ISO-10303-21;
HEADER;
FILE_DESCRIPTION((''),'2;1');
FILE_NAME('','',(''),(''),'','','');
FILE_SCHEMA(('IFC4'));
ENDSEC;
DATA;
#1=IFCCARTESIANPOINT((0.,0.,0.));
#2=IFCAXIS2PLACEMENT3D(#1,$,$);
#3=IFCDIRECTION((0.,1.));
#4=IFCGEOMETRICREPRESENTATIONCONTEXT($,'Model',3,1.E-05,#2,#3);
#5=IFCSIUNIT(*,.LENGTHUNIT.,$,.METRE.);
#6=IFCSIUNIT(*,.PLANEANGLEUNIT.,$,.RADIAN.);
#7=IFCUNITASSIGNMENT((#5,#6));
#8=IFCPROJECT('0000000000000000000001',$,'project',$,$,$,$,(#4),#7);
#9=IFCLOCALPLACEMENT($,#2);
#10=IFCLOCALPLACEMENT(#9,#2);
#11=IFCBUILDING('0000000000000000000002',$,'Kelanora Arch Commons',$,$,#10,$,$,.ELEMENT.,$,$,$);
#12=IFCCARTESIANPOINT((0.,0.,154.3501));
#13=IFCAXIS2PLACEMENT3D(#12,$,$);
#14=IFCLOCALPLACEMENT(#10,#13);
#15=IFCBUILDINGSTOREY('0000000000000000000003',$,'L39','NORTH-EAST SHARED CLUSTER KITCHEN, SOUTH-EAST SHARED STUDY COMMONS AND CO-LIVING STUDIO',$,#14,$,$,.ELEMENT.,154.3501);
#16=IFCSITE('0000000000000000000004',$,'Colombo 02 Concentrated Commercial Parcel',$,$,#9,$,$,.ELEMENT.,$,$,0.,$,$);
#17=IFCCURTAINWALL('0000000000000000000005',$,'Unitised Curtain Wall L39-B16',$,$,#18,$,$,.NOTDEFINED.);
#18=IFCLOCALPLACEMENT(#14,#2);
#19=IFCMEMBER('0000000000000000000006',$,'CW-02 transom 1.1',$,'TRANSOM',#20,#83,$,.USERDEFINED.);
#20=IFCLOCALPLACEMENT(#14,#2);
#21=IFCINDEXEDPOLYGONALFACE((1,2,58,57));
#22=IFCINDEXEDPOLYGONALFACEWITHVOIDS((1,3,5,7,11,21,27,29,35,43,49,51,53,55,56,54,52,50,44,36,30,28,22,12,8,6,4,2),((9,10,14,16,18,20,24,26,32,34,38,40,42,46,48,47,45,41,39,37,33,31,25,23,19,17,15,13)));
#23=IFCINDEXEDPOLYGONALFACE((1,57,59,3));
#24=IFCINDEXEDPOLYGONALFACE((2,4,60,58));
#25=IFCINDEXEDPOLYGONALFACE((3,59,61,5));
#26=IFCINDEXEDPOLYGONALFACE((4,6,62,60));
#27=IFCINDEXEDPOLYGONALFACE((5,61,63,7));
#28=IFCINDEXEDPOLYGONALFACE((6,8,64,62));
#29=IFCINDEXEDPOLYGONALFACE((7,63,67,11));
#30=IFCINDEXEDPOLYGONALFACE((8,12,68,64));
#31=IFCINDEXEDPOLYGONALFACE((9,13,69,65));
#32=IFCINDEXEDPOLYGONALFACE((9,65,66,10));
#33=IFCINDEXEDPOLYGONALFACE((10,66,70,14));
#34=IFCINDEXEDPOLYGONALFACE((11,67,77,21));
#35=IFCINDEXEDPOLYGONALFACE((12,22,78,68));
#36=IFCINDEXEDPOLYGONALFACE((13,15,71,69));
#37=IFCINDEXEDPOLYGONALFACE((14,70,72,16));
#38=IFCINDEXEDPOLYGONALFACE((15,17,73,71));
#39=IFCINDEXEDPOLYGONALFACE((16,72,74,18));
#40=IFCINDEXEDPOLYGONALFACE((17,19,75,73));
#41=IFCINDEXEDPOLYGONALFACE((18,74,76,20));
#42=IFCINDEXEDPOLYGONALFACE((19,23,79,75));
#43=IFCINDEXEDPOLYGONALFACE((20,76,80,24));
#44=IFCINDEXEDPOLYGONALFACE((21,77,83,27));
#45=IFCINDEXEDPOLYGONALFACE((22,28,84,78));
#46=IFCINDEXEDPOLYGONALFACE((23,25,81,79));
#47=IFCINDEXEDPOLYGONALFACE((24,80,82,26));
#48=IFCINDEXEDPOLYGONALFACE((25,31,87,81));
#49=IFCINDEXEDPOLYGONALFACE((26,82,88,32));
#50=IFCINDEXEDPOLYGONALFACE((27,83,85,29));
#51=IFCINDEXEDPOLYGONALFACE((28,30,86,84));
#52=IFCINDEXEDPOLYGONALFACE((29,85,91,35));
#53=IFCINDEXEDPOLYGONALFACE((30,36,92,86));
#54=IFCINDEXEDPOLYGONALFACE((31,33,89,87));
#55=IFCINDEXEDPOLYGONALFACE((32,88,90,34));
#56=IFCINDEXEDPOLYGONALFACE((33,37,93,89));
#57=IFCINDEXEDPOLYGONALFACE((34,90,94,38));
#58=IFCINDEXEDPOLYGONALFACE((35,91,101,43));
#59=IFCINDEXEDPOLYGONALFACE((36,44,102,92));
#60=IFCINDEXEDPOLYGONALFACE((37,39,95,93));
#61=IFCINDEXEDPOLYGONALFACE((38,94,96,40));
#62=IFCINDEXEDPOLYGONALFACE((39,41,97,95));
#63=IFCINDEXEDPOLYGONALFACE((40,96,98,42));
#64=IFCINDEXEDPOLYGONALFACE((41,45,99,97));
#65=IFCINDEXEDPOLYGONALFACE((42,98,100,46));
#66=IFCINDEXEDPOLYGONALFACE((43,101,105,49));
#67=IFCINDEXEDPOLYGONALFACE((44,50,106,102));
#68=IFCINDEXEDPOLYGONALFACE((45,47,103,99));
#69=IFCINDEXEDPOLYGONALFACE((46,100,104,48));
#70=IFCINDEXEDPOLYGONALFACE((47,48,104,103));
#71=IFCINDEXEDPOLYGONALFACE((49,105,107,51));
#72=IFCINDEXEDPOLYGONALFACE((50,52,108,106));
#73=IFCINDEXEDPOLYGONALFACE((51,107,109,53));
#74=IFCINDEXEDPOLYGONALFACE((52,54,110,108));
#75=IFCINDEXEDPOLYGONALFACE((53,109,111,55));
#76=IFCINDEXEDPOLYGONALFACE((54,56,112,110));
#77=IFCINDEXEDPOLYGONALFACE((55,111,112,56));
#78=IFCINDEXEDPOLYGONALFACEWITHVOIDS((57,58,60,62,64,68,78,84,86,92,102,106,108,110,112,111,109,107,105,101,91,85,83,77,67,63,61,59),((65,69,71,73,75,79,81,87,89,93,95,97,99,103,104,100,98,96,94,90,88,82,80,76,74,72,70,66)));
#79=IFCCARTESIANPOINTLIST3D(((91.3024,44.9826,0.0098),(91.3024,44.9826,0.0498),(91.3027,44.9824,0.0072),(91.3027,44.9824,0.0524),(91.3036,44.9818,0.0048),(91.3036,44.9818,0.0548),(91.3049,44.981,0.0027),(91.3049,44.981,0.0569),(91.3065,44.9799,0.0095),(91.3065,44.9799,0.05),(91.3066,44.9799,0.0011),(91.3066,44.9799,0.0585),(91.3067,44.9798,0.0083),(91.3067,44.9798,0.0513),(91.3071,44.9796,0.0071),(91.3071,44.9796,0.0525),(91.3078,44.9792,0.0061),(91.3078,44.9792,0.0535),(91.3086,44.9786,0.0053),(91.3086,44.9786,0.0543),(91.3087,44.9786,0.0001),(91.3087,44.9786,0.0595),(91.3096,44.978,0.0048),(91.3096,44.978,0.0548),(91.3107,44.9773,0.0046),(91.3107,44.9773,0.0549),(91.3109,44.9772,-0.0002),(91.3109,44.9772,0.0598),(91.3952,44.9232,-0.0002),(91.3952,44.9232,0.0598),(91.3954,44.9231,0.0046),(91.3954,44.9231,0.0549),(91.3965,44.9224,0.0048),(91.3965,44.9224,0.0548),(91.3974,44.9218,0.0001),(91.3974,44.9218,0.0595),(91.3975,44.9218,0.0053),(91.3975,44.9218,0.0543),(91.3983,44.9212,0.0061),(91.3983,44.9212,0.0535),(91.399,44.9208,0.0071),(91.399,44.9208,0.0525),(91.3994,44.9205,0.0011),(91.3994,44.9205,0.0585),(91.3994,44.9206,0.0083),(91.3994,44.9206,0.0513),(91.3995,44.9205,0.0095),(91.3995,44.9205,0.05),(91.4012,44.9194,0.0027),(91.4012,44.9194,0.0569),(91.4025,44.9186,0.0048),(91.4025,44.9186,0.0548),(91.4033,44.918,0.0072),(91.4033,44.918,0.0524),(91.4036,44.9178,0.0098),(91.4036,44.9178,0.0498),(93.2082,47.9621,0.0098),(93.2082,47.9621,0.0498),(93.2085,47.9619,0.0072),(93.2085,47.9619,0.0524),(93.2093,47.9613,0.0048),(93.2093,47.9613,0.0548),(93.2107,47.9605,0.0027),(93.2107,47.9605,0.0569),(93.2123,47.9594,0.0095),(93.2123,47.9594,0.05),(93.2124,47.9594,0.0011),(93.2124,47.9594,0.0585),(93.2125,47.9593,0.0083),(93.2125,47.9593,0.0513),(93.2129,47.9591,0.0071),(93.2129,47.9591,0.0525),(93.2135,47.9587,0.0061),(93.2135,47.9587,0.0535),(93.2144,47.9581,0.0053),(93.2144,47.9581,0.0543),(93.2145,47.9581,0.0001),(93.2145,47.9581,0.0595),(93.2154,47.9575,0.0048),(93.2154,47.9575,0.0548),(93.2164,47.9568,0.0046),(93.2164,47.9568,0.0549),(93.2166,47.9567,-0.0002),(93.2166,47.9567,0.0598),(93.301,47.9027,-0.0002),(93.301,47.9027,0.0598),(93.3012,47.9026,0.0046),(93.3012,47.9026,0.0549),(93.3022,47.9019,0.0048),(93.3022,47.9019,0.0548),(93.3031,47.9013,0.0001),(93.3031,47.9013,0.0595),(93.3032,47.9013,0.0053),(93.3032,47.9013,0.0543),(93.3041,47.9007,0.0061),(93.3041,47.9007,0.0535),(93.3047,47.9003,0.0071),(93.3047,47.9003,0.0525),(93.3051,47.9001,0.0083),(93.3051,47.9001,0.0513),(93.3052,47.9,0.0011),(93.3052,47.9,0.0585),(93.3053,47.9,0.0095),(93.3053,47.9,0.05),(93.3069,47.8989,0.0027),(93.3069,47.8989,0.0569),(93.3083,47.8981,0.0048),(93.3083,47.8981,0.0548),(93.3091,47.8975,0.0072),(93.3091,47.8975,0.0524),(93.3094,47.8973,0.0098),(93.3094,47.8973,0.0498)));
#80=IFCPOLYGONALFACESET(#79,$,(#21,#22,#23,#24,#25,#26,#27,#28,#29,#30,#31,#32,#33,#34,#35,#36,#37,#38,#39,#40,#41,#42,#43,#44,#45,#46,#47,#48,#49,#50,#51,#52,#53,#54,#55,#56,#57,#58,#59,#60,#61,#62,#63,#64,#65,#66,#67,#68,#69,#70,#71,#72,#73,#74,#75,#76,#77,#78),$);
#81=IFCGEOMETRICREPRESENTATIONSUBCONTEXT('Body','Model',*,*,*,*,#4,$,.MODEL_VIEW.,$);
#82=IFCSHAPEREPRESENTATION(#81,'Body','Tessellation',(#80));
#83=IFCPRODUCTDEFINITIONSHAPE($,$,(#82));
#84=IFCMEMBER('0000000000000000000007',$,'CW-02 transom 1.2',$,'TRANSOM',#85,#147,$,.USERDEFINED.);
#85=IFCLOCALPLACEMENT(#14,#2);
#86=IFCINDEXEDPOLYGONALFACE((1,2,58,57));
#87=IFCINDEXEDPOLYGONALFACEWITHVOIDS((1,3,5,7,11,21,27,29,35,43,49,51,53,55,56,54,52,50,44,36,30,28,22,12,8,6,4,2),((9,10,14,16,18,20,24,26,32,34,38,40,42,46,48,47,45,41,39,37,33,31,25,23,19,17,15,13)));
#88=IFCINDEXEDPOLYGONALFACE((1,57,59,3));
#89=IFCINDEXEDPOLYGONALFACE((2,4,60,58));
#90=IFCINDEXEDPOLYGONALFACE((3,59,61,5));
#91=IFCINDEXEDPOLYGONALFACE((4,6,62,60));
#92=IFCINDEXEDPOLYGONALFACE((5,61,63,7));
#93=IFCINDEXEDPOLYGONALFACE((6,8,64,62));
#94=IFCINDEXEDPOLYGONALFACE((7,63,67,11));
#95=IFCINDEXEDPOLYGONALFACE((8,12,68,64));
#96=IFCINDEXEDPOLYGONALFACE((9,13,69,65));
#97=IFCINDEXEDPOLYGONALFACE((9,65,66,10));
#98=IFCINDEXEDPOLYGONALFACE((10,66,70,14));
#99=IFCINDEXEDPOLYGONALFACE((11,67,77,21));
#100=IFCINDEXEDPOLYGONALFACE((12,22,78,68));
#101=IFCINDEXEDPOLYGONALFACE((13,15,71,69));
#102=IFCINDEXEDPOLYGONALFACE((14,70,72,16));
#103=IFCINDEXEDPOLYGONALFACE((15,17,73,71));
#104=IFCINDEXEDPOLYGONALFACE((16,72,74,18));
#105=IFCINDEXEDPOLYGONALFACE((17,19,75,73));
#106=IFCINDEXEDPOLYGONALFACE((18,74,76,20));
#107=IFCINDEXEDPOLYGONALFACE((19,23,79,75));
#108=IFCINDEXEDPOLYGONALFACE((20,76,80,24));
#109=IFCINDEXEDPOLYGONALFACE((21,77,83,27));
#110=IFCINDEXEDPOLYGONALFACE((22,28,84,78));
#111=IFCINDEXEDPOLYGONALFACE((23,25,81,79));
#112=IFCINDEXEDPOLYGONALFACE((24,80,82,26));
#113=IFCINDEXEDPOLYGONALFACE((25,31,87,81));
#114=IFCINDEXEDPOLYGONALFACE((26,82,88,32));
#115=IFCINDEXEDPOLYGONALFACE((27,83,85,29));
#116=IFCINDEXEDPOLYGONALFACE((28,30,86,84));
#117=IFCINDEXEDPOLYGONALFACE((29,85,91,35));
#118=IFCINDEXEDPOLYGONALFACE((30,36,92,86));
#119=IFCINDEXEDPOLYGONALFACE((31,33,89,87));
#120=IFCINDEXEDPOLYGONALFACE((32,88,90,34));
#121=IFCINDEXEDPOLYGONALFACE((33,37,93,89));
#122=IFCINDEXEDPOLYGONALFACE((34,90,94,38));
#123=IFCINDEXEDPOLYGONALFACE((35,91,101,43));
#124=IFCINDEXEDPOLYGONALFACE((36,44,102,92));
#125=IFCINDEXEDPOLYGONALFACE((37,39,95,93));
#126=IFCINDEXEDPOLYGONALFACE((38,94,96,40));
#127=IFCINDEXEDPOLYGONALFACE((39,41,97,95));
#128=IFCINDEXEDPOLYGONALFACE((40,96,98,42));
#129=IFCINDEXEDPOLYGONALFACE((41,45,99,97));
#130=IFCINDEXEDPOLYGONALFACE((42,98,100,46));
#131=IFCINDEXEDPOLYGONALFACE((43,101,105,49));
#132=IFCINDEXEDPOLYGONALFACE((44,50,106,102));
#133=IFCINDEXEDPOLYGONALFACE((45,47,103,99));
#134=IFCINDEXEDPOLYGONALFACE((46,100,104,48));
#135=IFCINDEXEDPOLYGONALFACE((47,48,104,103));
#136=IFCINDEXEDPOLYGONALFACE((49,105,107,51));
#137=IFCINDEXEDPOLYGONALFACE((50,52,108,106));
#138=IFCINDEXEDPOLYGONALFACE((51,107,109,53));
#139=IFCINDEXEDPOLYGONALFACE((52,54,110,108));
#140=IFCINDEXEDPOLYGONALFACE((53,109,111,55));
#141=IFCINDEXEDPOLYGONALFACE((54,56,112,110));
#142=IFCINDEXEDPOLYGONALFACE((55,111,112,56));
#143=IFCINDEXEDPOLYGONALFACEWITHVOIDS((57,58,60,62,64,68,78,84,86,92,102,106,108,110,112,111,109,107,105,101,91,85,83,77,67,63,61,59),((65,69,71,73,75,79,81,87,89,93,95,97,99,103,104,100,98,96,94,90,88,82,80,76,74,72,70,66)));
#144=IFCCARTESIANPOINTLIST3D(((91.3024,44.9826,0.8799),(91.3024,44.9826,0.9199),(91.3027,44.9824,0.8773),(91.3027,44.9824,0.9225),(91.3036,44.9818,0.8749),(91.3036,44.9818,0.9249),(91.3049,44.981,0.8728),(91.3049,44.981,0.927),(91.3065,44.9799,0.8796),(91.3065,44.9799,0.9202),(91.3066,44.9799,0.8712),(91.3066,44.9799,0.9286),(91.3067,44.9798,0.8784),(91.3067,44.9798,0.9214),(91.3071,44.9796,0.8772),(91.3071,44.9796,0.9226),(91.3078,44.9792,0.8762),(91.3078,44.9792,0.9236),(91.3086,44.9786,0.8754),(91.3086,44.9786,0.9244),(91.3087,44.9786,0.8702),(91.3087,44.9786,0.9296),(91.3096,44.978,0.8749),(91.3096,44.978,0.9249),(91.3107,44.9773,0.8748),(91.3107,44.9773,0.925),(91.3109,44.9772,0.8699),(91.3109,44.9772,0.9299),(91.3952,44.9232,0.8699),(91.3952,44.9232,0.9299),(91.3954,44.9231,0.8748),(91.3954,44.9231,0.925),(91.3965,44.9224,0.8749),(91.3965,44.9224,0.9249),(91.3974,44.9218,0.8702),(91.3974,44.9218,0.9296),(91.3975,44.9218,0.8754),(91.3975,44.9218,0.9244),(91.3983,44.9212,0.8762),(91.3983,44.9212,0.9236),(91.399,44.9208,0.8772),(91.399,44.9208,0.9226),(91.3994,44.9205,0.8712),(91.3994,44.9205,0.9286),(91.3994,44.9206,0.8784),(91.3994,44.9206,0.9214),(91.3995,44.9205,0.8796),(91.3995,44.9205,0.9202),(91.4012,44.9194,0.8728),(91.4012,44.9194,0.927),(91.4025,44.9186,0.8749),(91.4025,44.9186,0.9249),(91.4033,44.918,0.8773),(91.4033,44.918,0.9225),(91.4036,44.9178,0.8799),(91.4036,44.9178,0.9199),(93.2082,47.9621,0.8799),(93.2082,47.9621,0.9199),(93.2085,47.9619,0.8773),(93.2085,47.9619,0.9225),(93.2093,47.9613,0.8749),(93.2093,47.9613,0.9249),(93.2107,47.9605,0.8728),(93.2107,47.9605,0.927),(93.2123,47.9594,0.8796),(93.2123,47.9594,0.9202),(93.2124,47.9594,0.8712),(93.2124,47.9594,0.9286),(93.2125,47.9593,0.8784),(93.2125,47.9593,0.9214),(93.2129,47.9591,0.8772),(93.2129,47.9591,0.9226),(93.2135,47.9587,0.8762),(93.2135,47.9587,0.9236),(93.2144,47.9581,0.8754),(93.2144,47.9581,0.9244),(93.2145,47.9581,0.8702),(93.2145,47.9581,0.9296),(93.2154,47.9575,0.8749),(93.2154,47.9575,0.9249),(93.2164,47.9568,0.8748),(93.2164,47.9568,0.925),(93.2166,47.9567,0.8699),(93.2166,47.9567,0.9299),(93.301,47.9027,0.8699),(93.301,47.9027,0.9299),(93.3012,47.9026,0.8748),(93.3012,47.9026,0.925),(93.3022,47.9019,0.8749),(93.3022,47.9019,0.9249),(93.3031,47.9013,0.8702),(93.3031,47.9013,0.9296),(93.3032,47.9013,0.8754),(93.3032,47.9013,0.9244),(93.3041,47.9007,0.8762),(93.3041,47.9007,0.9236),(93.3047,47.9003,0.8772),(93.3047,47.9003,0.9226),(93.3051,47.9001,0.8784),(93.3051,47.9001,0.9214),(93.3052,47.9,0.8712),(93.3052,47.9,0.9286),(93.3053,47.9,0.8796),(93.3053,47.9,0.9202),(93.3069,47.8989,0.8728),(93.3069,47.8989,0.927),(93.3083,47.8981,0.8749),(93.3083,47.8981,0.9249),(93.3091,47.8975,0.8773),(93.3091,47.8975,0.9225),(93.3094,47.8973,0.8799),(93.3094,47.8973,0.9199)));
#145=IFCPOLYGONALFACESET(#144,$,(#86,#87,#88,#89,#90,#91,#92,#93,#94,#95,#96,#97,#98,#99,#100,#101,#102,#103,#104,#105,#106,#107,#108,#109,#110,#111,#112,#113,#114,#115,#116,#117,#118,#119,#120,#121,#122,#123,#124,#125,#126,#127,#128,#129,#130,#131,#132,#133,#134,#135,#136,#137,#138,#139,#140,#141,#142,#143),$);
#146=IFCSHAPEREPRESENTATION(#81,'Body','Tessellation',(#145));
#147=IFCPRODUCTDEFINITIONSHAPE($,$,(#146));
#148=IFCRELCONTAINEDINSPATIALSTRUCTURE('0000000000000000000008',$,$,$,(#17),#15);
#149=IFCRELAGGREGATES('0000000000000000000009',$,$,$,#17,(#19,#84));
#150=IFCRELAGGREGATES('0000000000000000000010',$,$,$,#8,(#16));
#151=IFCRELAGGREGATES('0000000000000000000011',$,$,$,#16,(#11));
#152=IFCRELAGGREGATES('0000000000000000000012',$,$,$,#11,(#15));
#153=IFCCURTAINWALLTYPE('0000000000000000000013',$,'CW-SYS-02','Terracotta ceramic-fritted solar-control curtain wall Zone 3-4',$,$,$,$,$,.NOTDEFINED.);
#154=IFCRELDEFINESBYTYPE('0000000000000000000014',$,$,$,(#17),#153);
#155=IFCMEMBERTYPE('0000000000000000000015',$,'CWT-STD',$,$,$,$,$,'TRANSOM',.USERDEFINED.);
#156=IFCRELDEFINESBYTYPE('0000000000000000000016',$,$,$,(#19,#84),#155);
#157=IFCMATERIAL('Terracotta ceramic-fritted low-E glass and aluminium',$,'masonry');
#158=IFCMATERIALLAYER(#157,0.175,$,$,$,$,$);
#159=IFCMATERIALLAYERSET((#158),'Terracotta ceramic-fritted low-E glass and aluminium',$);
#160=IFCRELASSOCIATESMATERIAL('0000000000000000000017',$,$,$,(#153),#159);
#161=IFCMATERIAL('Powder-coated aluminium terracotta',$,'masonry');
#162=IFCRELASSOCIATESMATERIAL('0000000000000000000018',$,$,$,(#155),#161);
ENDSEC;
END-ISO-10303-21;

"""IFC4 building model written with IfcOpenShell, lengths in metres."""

from ifc_helpers import new_model, si_unit, direction, frame, origin, origin_2d, place, context, subcontext, project, spatial, hollow_rectangle, extrude, material, layer, layer_set, material_profile, profile_set, type_object, element, aggregate, save


model = new_model("IFC4")

# Units and contexts
model_context = context("Model", 3, precision=1e-05, world=origin(), true_north=direction((0.0, 1.0)))
body_context = subcontext(model_context, "Body", "Model", "MODEL_VIEW")
ifc_project = project(units=[si_unit("LENGTHUNIT", "METRE"), si_unit("PLANEANGLEUNIT", "RADIAN")], contexts=[model_context])

# Site, building, storey
site_placement = place(None, origin())
site = spatial("IfcSite", under=ifc_project, at=site_placement, Name="Colombo 02 Concentrated Commercial Parcel", CompositionType="ELEMENT", RefElevation=0.0)
building_placement = place(site_placement, origin())
building = spatial("IfcBuilding", under=site, at=building_placement, Name="Kelanora Arch Commons", CompositionType="ELEMENT")
storey_placement = place(building_placement, frame((0.0, 0.0, 154.3501)))
storey = spatial("IfcBuildingStorey", under=building, at=storey_placement, Name="L39", Description="NORTH-EAST SHARED CLUSTER KITCHEN, SOUTH-EAST SHARED STUDY COMMONS AND CO-LIVING STUDIO", CompositionType="ELEMENT", Elevation=154.3501)

# Shared definitions
ifc_material_1 = material(Name="Terracotta ceramic-fritted low-E glass and aluminium", Category="masonry")
ifc_layer_1 = layer(ifc_material_1, 0.175)
ifc_layer_set_1 = layer_set([ifc_layer_1], Name="Terracotta ceramic-fritted low-E glass and aluminium")
curtain_wall_type = type_object("IfcCurtainWallType", Name="CW-SYS-02", Description="Terracotta ceramic-fritted solar-control curtain wall Zone 3-4", PredefinedType="NOTDEFINED", material=ifc_layer_set_1)
ifc_material_2 = material(Name="Powder-coated aluminium terracotta", Category="masonry")

# Curtain wall, members
curtain_wall_1_placement = place(storey_placement, origin())
curtain_wall_1 = element("IfcCurtainWall", 1, at=curtain_wall_1_placement, inside=storey, type_object=curtain_wall_type, Name="Unitised Curtain Wall L39-B16", PredefinedType="NOTDEFINED")
ifc_material_profile_1 = material_profile(ifc_material_2, hollow_rectangle(XDim=0.1201, YDim=0.0601, WallThickness=0.0049, InnerFilletRadius=0.0049, OuterFilletRadius=0.01, at=origin_2d()), Name="CWT120x60")
ifc_profile_set_1 = profile_set([ifc_material_profile_1], Name="Powder-coated aluminium terracotta")
member_type_1 = type_object("IfcMemberType", Name="CWT-STD", ElementType="TRANSOM", PredefinedType="USERDEFINED", material=ifc_profile_set_1)
member_1_placement = place(storey_placement, frame((91.353, 44.9502, 0.0298), z_axis=(0.53883, 0.842414, 0.0), x_axis=(-0.842414, 0.53883, 0.0)))
member_1 = element("IfcMember", 2, at=member_1_placement, type_object=member_type_1, Name="CW-02 transom 1.1", ObjectType="TRANSOM", PredefinedType="USERDEFINED", context=body_context, shape_type="SweptSolid", body=[
    extrude(hollow_rectangle(XDim=0.1201, YDim=0.0601, WallThickness=0.0049, InnerFilletRadius=0.0049, OuterFilletRadius=0.01, at=origin_2d()), origin(), (0.0, 0.0, 1.0), 3.5369),
])
member_2_placement = place(storey_placement, frame((91.353, 44.9502, 0.8999), z_axis=(0.53883, 0.842414, 0.0), x_axis=(-0.842414, 0.53883, 0.0)))
member_2 = element("IfcMember", 3, at=member_2_placement, type_object=member_type_1, Name="CW-02 transom 1.2", ObjectType="TRANSOM", PredefinedType="USERDEFINED", context=body_context, shape_type="SweptSolid", body=[
    extrude(hollow_rectangle(XDim=0.1201, YDim=0.0601, WallThickness=0.0049, InnerFilletRadius=0.0049, OuterFilletRadius=0.01, at=origin_2d()), origin(), (0.0, 0.0, 1.0), 3.5369),
])

aggregate(curtain_wall_1, [member_1, member_2])

save(model, "model.ifc")
